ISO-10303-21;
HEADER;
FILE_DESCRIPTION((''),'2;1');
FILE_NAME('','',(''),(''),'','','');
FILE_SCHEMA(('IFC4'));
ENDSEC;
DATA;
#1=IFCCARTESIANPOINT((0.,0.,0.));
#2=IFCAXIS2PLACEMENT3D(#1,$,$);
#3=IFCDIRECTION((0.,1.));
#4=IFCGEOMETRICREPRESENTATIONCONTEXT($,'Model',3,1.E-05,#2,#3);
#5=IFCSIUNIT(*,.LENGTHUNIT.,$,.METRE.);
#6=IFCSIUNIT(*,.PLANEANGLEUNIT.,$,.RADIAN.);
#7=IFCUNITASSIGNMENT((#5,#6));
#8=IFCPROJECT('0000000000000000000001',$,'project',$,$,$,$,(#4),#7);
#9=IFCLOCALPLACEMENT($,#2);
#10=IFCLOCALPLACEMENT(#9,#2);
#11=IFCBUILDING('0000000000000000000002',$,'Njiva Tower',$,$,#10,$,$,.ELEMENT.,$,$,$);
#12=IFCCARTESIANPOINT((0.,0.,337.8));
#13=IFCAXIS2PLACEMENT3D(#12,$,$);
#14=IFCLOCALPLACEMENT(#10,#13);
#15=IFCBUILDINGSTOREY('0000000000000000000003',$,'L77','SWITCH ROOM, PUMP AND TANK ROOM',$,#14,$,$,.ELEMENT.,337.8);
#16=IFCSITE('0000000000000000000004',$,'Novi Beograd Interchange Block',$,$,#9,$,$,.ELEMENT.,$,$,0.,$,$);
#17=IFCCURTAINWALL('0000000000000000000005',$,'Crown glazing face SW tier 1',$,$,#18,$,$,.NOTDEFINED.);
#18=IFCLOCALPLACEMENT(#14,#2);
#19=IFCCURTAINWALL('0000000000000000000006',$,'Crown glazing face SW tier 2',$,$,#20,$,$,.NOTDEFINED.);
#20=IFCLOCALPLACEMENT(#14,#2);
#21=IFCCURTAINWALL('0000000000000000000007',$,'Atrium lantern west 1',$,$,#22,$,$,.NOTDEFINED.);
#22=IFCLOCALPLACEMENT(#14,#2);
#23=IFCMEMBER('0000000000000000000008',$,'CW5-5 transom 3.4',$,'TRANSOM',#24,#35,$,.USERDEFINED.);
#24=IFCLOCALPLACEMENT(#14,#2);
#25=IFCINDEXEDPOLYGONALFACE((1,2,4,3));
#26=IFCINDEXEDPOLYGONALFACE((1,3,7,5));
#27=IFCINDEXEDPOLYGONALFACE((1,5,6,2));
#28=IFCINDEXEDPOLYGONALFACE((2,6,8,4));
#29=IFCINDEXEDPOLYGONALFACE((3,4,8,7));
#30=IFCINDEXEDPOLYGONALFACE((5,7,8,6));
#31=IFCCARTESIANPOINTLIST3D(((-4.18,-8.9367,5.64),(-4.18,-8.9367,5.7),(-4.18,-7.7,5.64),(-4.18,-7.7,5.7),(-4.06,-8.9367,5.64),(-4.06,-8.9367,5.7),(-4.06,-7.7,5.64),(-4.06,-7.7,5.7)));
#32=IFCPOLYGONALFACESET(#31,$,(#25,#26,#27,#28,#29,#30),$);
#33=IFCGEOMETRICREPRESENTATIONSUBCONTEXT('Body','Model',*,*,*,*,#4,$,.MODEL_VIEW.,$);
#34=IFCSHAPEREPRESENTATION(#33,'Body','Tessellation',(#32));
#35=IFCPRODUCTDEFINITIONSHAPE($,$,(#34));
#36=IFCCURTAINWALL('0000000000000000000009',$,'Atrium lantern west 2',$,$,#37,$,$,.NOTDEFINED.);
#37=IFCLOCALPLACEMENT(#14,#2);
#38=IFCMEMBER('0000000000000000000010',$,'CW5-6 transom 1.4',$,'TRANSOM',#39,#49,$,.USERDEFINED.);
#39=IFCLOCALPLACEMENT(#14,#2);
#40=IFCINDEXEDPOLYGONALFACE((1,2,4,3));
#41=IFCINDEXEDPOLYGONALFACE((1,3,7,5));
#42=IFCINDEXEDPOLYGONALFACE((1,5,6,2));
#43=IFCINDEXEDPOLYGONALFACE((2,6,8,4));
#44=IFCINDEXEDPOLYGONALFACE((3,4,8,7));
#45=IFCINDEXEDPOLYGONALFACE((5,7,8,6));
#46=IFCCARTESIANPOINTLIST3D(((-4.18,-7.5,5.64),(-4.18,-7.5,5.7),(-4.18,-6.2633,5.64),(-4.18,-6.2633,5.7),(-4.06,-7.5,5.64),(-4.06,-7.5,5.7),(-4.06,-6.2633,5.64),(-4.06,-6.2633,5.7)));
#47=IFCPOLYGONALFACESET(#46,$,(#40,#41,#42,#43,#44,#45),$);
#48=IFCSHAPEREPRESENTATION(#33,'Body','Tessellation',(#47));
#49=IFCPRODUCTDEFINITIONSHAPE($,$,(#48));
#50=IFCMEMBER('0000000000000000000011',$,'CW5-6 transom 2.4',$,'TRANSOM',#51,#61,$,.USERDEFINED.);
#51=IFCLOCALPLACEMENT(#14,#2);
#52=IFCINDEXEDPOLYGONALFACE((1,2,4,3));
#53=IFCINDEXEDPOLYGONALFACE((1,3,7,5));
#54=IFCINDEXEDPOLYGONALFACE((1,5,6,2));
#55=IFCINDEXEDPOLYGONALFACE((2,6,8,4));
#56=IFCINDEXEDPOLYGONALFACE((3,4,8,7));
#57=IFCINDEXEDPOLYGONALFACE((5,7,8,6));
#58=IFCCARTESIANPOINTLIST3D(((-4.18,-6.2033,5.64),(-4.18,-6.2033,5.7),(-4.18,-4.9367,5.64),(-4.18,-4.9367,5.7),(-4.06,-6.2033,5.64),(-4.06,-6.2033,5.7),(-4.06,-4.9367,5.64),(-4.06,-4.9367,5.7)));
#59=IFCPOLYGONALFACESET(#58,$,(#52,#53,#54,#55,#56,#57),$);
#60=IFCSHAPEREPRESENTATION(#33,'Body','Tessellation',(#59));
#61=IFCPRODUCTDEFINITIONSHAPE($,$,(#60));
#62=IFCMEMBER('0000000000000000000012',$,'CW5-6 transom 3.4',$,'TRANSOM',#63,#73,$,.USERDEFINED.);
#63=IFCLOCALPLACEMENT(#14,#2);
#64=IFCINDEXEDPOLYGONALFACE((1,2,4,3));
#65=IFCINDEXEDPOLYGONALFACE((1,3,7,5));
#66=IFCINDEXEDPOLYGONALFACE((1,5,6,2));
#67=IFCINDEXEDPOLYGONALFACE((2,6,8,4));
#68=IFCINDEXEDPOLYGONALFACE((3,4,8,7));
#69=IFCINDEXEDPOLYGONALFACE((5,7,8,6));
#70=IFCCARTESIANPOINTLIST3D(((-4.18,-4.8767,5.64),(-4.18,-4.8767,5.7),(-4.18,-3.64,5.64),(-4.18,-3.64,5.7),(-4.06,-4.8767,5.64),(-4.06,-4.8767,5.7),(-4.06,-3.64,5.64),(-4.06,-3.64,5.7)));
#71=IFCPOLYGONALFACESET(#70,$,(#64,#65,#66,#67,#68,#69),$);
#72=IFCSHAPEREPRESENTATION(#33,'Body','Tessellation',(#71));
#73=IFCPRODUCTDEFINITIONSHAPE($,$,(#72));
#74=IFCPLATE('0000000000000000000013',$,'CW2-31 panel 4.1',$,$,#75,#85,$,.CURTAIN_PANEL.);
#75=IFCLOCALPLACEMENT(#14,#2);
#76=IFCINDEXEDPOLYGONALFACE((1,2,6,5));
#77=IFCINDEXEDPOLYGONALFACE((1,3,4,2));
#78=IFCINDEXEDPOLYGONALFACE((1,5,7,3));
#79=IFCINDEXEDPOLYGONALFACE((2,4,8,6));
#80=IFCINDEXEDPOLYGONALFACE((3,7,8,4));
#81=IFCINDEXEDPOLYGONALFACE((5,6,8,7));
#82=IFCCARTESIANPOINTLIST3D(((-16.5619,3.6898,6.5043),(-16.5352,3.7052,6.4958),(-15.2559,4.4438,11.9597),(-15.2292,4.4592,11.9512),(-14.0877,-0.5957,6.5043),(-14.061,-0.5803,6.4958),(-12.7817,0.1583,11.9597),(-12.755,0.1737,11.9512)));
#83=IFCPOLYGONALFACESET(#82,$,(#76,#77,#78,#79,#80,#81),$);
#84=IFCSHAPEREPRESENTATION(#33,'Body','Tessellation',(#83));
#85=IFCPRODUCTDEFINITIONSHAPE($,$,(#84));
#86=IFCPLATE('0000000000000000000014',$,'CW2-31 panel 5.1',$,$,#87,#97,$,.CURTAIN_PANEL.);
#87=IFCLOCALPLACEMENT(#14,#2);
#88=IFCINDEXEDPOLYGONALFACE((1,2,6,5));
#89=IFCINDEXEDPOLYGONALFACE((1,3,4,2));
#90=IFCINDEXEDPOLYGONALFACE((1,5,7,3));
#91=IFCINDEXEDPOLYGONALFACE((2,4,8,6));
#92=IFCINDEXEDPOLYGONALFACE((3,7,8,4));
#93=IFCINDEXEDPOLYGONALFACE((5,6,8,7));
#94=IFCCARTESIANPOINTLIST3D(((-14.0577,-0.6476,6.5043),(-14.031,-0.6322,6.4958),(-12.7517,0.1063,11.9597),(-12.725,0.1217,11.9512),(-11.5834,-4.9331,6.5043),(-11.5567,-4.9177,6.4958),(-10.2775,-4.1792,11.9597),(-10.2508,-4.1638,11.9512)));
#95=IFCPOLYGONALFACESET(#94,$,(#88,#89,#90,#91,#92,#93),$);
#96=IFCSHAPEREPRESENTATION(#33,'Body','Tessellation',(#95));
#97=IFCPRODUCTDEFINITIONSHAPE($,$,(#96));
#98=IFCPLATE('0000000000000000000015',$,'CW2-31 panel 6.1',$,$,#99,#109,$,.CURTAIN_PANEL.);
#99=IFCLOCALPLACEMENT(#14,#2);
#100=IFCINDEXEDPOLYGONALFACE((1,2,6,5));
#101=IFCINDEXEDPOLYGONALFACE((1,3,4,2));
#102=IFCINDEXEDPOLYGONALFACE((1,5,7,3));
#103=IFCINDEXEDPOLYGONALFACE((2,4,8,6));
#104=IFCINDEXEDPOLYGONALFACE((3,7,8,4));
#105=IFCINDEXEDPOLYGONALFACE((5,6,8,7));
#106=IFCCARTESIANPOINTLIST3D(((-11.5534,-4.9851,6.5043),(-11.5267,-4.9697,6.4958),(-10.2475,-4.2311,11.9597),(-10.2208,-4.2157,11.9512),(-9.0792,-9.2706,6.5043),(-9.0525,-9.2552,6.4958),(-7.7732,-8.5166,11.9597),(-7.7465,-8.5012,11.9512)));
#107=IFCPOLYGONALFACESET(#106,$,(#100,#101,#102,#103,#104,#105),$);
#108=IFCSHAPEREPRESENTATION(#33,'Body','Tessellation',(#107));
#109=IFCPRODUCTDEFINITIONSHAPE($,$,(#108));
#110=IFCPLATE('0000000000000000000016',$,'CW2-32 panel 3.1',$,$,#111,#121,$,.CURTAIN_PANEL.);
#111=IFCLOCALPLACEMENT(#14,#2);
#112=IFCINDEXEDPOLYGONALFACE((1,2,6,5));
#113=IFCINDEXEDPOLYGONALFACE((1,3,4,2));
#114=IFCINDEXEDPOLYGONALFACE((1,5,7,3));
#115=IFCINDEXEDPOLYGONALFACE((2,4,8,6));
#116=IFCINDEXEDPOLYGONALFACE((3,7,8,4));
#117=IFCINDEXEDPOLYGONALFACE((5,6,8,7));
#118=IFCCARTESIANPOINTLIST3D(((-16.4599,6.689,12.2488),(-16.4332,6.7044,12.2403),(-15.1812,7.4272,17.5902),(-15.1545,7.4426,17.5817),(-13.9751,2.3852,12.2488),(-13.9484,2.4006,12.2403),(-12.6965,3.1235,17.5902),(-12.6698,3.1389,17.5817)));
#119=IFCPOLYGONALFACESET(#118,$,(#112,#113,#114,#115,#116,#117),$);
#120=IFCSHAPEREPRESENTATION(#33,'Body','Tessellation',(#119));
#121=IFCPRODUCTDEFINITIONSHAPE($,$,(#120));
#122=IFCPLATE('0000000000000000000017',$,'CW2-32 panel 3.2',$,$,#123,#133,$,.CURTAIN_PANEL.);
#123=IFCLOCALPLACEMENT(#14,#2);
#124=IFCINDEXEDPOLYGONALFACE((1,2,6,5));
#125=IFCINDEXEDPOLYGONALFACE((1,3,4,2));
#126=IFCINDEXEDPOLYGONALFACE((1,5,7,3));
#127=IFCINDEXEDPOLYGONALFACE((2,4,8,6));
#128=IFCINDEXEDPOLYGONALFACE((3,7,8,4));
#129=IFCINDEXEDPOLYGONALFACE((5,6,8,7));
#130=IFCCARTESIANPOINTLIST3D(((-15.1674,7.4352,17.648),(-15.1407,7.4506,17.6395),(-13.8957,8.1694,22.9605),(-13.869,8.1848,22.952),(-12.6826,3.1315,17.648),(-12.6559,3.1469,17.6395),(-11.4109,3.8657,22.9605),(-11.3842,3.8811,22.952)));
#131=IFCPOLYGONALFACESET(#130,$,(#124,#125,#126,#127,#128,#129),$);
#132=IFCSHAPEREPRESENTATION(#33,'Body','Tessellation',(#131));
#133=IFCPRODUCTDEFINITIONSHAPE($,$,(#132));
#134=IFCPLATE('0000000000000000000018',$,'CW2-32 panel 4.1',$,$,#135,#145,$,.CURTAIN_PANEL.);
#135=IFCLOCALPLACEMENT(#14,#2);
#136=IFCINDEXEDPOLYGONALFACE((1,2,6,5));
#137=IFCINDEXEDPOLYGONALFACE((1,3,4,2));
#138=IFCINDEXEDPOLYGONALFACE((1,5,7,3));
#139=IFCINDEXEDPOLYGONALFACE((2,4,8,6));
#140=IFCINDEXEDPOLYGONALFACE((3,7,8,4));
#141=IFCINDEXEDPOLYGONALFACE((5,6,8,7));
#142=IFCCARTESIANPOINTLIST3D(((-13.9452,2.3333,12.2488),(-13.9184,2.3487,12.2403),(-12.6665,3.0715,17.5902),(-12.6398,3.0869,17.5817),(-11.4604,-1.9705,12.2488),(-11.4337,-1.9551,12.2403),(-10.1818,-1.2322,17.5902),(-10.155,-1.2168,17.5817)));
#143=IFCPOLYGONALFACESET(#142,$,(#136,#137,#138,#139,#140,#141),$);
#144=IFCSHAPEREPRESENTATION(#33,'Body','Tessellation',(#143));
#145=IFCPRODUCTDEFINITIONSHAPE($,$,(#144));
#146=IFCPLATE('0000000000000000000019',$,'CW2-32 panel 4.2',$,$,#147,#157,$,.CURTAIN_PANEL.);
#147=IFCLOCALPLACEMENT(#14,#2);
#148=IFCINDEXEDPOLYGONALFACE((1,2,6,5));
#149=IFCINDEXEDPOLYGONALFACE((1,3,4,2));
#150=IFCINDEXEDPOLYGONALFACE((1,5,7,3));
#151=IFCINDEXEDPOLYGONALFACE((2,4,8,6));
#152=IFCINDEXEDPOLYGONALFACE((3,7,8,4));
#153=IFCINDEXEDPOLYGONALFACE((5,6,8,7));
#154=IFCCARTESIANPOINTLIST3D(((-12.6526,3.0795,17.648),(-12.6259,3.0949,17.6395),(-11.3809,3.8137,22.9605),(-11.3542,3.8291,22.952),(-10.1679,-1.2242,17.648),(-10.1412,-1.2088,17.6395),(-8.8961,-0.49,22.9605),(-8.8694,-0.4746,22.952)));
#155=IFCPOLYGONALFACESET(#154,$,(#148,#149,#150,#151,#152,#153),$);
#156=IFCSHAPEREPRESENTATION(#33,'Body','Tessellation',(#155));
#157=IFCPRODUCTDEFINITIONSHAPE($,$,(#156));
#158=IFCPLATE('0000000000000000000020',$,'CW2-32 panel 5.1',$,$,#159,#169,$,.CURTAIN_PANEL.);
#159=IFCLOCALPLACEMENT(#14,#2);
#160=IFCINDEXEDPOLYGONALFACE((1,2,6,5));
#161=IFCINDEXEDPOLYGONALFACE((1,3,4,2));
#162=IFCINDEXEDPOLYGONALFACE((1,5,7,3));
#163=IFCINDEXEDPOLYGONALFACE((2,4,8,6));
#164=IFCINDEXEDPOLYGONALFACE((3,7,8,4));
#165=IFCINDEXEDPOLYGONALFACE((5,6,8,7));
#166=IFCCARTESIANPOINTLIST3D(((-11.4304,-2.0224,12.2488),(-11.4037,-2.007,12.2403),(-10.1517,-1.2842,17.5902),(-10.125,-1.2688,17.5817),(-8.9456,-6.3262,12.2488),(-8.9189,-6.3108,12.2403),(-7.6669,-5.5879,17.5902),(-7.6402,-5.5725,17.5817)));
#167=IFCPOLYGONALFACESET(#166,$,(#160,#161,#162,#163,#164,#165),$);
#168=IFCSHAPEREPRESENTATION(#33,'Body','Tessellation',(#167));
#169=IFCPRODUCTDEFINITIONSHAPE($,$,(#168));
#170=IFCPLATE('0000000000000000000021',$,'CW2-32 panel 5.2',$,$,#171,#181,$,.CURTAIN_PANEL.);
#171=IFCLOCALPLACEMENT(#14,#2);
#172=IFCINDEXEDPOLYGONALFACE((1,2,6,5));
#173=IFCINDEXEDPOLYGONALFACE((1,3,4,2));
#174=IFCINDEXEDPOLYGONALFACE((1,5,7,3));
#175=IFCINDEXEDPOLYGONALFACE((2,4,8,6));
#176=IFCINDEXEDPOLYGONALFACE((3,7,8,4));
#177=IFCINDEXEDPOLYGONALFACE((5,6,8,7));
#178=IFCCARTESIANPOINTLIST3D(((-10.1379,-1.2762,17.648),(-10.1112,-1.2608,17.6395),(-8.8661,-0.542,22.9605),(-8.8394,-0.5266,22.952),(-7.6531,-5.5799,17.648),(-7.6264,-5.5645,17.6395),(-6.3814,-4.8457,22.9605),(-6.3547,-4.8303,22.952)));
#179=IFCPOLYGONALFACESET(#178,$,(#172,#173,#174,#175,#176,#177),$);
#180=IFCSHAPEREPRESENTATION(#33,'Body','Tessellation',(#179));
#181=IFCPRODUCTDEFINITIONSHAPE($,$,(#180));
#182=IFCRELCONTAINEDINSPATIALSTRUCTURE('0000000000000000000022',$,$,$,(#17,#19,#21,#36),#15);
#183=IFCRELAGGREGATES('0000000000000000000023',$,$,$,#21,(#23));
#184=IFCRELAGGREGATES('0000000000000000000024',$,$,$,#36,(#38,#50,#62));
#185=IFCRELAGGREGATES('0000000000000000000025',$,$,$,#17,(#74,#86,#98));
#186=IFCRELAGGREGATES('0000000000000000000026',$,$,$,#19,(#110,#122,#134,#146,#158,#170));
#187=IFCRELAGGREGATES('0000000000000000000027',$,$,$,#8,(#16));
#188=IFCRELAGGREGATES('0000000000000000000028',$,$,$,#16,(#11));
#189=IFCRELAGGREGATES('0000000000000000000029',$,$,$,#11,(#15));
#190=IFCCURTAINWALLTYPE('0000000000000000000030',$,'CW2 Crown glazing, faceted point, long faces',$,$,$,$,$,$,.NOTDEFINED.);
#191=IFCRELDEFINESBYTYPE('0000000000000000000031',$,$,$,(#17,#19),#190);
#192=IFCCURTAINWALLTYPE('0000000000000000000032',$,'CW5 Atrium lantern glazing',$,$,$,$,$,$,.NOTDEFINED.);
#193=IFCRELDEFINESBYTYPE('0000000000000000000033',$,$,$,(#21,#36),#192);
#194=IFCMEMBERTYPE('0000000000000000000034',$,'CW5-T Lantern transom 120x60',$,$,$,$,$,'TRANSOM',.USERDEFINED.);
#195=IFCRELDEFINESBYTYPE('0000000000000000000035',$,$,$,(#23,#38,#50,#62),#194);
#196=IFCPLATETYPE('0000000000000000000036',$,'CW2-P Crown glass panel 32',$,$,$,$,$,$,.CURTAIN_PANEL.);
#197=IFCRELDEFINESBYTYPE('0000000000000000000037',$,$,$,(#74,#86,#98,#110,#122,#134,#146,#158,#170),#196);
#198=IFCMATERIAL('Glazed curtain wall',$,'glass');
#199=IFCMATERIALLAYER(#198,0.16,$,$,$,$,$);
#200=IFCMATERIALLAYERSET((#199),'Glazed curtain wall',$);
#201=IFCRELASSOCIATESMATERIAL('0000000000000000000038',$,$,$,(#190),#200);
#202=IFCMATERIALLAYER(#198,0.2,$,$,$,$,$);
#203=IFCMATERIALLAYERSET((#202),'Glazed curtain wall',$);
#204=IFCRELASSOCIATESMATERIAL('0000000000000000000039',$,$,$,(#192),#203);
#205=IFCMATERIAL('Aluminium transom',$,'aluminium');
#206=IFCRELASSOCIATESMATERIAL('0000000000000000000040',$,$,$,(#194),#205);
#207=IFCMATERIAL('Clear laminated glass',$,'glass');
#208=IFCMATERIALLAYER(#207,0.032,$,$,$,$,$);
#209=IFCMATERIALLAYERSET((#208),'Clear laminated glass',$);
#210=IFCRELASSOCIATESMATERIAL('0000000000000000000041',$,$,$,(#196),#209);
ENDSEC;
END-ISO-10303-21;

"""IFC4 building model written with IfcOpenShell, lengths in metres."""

from ifc_helpers import new_model, si_unit, direction, frame, origin, origin_2d, place, context, subcontext, project, spatial, polyline, rectangle, outline, extrude, material, layer, layer_set, material_profile, profile_set, type_object, element, aggregate, save


model = new_model("IFC4")

# Units and contexts
model_context = context("Model", 3, precision=1e-05, world=origin(), true_north=direction((0.0, 1.0)))
body_context = subcontext(model_context, "Body", "Model", "MODEL_VIEW")
ifc_project = project(units=[si_unit("LENGTHUNIT", "METRE"), si_unit("PLANEANGLEUNIT", "RADIAN")], contexts=[model_context])

# Site, building, storey
site_placement = place(None, origin())
site = spatial("IfcSite", under=ifc_project, at=site_placement, Name="Novi Beograd Interchange Block", CompositionType="ELEMENT", RefElevation=0.0)
building_placement = place(site_placement, origin())
building = spatial("IfcBuilding", under=site, at=building_placement, Name="Njiva Tower", CompositionType="ELEMENT")
storey_placement = place(building_placement, frame((0.0, 0.0, 337.8)))
storey = spatial("IfcBuildingStorey", under=building, at=storey_placement, Name="L77", Description="SWITCH ROOM, PUMP AND TANK ROOM", CompositionType="ELEMENT", Elevation=337.8)

# Curtain walls
ifc_material_1 = material(Name="Glazed curtain wall", Category="glass")
ifc_layer_1 = layer(ifc_material_1, 0.16)
ifc_layer_set_1 = layer_set([ifc_layer_1], Name="Glazed curtain wall")
curtain_wall_type_1 = type_object("IfcCurtainWallType", Name="CW2 Crown glazing, faceted point, long faces", PredefinedType="NOTDEFINED", material=ifc_layer_set_1)
curtain_wall_1_placement = place(storey_placement, origin())
curtain_wall_1 = element("IfcCurtainWall", 1, at=curtain_wall_1_placement, inside=storey, type_object=curtain_wall_type_1, Name="Crown glazing face SW tier 1", PredefinedType="NOTDEFINED")
curtain_wall_2_placement = place(storey_placement, origin())
curtain_wall_2 = element("IfcCurtainWall", 2, at=curtain_wall_2_placement, inside=storey, type_object=curtain_wall_type_1, Name="Crown glazing face SW tier 2", PredefinedType="NOTDEFINED")
ifc_material_2 = material(Name="Aluminium transom", Category="aluminium")
ifc_layer_2 = layer(ifc_material_1, 0.2)
ifc_layer_set_2 = layer_set([ifc_layer_2], Name="Glazed curtain wall")
curtain_wall_type_2 = type_object("IfcCurtainWallType", Name="CW5 Atrium lantern glazing", PredefinedType="NOTDEFINED", material=ifc_layer_set_2)
ifc_material_profile_1 = material_profile(ifc_material_2, rectangle(XDim=0.12, YDim=0.06, at=origin_2d()), Name="RECT 120x60")
ifc_profile_set_1 = profile_set([ifc_material_profile_1], Name="Aluminium transom")
member_type_1 = type_object("IfcMemberType", Name="CW5-T Lantern transom 120x60", ElementType="TRANSOM", PredefinedType="USERDEFINED", material=ifc_profile_set_1)

# Curtain wall, member
curtain_wall_3_placement = place(storey_placement, origin())
curtain_wall_3 = element("IfcCurtainWall", 3, at=curtain_wall_3_placement, inside=storey, type_object=curtain_wall_type_2, Name="Atrium lantern west 1", PredefinedType="NOTDEFINED")
member_1_placement = place(storey_placement, frame((-4.12, -8.9367, 5.67), z_axis=(0.0, 1.0, 0.0), x_axis=(-1.0, 0.0, 0.0)))
member_1 = element("IfcMember", 4, at=member_1_placement, type_object=member_type_1, Name="CW5-5 transom 3.4", ObjectType="TRANSOM", PredefinedType="USERDEFINED", context=body_context, shape_type="SweptSolid", body=[
    extrude(rectangle(XDim=0.12, YDim=0.06, at=origin_2d()), origin(), (0.0, 0.0, 1.0), 1.2367),
])
aggregate(curtain_wall_3, [member_1])

# Curtain wall, members
curtain_wall_4_placement = place(storey_placement, origin())
curtain_wall_4 = element("IfcCurtainWall", 5, at=curtain_wall_4_placement, inside=storey, type_object=curtain_wall_type_2, Name="Atrium lantern west 2", PredefinedType="NOTDEFINED")
member_2_placement = place(storey_placement, frame((-4.12, -7.5, 5.67), z_axis=(0.0, 1.0, 0.0), x_axis=(-1.0, 0.0, 0.0)))
member_2 = element("IfcMember", 6, at=member_2_placement, type_object=member_type_1, Name="CW5-6 transom 1.4", ObjectType="TRANSOM", PredefinedType="USERDEFINED", context=body_context, shape_type="SweptSolid", body=[
    extrude(rectangle(XDim=0.12, YDim=0.06, at=origin_2d()), origin(), (0.0, 0.0, 1.0), 1.2367),
])
member_3_placement = place(storey_placement, frame((-4.12, -6.2033, 5.67), z_axis=(0.0, 1.0, 0.0), x_axis=(-1.0, 0.0, 0.0)))
member_3 = element("IfcMember", 7, at=member_3_placement, type_object=member_type_1, Name="CW5-6 transom 2.4", ObjectType="TRANSOM", PredefinedType="USERDEFINED", context=body_context, shape_type="SweptSolid", body=[
    extrude(rectangle(XDim=0.12, YDim=0.06, at=origin_2d()), origin(), (0.0, 0.0, 1.0), 1.2666),
])
member_4_placement = place(storey_placement, frame((-4.12, -4.8767, 5.67), z_axis=(0.0, 1.0, 0.0), x_axis=(-1.0, 0.0, 0.0)))
member_4 = element("IfcMember", 8, at=member_4_placement, type_object=member_type_1, Name="CW5-6 transom 3.4", ObjectType="TRANSOM", PredefinedType="USERDEFINED", context=body_context, shape_type="SweptSolid", body=[
    extrude(rectangle(XDim=0.12, YDim=0.06, at=origin_2d()), origin(), (0.0, 0.0, 1.0), 1.2367),
])
aggregate(curtain_wall_4, [member_2, member_3, member_4])

# Plates
ifc_material_3 = material(Name="Clear laminated glass", Category="glass")
ifc_layer_3 = layer(ifc_material_3, 0.032)
ifc_layer_set_3 = layer_set([ifc_layer_3], Name="Clear laminated glass")
plate_type = type_object("IfcPlateType", Name="CW2-P Crown glass panel 32", PredefinedType="CURTAIN_PANEL", material=ifc_layer_set_3)
plate_1_placement = place(storey_placement, frame((-14.0877, -0.5957, 6.5043), z_axis=(-0.834724, -0.481921, 0.266436), x_axis=(0.230742, 0.133216, 0.963852)))
plate_1 = element("IfcPlate", 9, at=plate_1_placement, type_object=plate_type, Name="CW2-31 panel 4.1", PredefinedType="CURTAIN_PANEL", context=body_context, shape_type="SweptSolid", body=[
    extrude(outline(polyline([(0.0, 0.0), (5.66, 0.0), (5.66, 4.9485), (0.0, 4.9485), (0.0, 0.0)])), origin(), (0.0, 0.0, -1.0), 0.032),
])
plate_2_placement = place(storey_placement, frame((-11.5834, -4.9331, 6.5043), z_axis=(-0.834723, -0.481931, 0.266421), x_axis=(0.230732, 0.133202, 0.963857)))
plate_2 = element("IfcPlate", 10, at=plate_2_placement, type_object=plate_type, Name="CW2-31 panel 5.1", PredefinedType="CURTAIN_PANEL", context=body_context, shape_type="SweptSolid", body=[
    extrude(outline(polyline([(0.0, 0.0), (5.66, 0.0), (5.6599, 4.9485), (-0.0001, 4.9485), (0.0, 0.0)])), origin(), (0.0, 0.0, -1.0), 0.032),
])
plate_3_placement = place(storey_placement, frame((-9.0792, -9.2706, 6.5043), z_axis=(-0.834721, -0.481929, 0.266429), x_axis=(0.230736, 0.133212, 0.963854)))
plate_3 = element("IfcPlate", 11, at=plate_3_placement, type_object=plate_type, Name="CW2-31 panel 6.1", PredefinedType="CURTAIN_PANEL", context=body_context, shape_type="SweptSolid", body=[
    extrude(outline(polyline([(0.0, 0.0), (5.66, 0.0), (5.66, 4.9485), (0.0, 4.9485), (0.0, 0.0)])), origin(), (0.0, 0.0, -1.0), 0.032),
])
aggregate(curtain_wall_1, [plate_1, plate_2, plate_3])
plate_4_placement = place(storey_placement, frame((-13.9751, 2.3852, 12.2488), z_axis=(-0.834724, -0.481924, 0.266428), x_axis=(0.230726, 0.133228, 0.963855)))
plate_4 = element("IfcPlate", 12, at=plate_4_placement, type_object=plate_type, Name="CW2-32 panel 3.1", PredefinedType="CURTAIN_PANEL", context=body_context, shape_type="SweptSolid", body=[
    extrude(outline(polyline([(0.0, 0.0), (5.5417, 0.0), (5.5418, 4.9695), (0.0001, 4.9696), (0.0, 0.0)])), origin(), (0.0, 0.0, -1.0), 0.032),
])
plate_5_placement = place(storey_placement, frame((-12.6826, 3.1315, 17.648), z_axis=(-0.83472, -0.481937, 0.266419), x_axis=(0.230727, 0.133207, 0.963857)))
plate_5 = element("IfcPlate", 13, at=plate_5_placement, type_object=plate_type, Name="CW2-32 panel 3.2", PredefinedType="CURTAIN_PANEL", context=body_context, shape_type="SweptSolid", body=[
    extrude(outline(polyline([(0.0, 0.0), (5.5117, 0.0), (5.5117, 4.9695), (0.0, 4.9695), (0.0, 0.0)])), origin(), (0.0, 0.0, -1.0), 0.032),
])
plate_6_placement = place(storey_placement, frame((-11.4604, -1.9705, 12.2488), z_axis=(-0.834724, -0.481924, 0.266428), x_axis=(0.230731, 0.13322, 0.963855)))
plate_6 = element("IfcPlate", 14, at=plate_6_placement, type_object=plate_type, Name="CW2-32 panel 4.1", PredefinedType="CURTAIN_PANEL", context=body_context, shape_type="SweptSolid", body=[
    extrude(outline(polyline([(0.0, 0.0), (5.5417, 0.0), (5.5417, 4.9695), (0.0001, 4.9696), (0.0, 0.0)])), origin(), (0.0, 0.0, -1.0), 0.032),
])
plate_7_placement = place(storey_placement, frame((-10.1679, -1.2242, 17.648), z_axis=(-0.834722, -0.481929, 0.266426), x_axis=(0.230738, 0.133203, 0.963855)))
plate_7 = element("IfcPlate", 15, at=plate_7_placement, type_object=plate_type, Name="CW2-32 panel 4.2", PredefinedType="CURTAIN_PANEL", context=body_context, shape_type="SweptSolid", body=[
    extrude(outline(polyline([(0.0, 0.0), (5.5117, 0.0), (5.5117, 4.9695), (0.0, 4.9695), (0.0, 0.0)])), origin(), (0.0, 0.0, -1.0), 0.032),
])
plate_8_placement = place(storey_placement, frame((-8.9456, -6.3262, 12.2488), z_axis=(-0.834718, -0.481931, 0.266436), x_axis=(0.230737, 0.133224, 0.963853)))
plate_8 = element("IfcPlate", 16, at=plate_8_placement, type_object=plate_type, Name="CW2-32 panel 5.1", PredefinedType="CURTAIN_PANEL", context=body_context, shape_type="SweptSolid", body=[
    extrude(outline(polyline([(0.0, 0.0), (5.5417, 0.0), (5.5417, 4.9695), (0.0, 4.9696), (0.0, 0.0)])), origin(), (0.0, 0.0, -1.0), 0.032),
])
plate_9_placement = place(storey_placement, frame((-7.6531, -5.5799, 17.648), z_axis=(-0.834722, -0.481929, 0.266426), x_axis=(0.230733, 0.133211, 0.963855)))
plate_9 = element("IfcPlate", 17, at=plate_9_placement, type_object=plate_type, Name="CW2-32 panel 5.2", PredefinedType="CURTAIN_PANEL", context=body_context, shape_type="SweptSolid", body=[
    extrude(outline(polyline([(0.0, 0.0), (5.5117, 0.0), (5.5117, 4.9695), (0.0, 4.9695), (0.0, 0.0)])), origin(), (0.0, 0.0, -1.0), 0.032),
])
aggregate(curtain_wall_2, [plate_4, plate_5, plate_6, plate_7, plate_8, plate_9])

save(model, "model.ifc")
